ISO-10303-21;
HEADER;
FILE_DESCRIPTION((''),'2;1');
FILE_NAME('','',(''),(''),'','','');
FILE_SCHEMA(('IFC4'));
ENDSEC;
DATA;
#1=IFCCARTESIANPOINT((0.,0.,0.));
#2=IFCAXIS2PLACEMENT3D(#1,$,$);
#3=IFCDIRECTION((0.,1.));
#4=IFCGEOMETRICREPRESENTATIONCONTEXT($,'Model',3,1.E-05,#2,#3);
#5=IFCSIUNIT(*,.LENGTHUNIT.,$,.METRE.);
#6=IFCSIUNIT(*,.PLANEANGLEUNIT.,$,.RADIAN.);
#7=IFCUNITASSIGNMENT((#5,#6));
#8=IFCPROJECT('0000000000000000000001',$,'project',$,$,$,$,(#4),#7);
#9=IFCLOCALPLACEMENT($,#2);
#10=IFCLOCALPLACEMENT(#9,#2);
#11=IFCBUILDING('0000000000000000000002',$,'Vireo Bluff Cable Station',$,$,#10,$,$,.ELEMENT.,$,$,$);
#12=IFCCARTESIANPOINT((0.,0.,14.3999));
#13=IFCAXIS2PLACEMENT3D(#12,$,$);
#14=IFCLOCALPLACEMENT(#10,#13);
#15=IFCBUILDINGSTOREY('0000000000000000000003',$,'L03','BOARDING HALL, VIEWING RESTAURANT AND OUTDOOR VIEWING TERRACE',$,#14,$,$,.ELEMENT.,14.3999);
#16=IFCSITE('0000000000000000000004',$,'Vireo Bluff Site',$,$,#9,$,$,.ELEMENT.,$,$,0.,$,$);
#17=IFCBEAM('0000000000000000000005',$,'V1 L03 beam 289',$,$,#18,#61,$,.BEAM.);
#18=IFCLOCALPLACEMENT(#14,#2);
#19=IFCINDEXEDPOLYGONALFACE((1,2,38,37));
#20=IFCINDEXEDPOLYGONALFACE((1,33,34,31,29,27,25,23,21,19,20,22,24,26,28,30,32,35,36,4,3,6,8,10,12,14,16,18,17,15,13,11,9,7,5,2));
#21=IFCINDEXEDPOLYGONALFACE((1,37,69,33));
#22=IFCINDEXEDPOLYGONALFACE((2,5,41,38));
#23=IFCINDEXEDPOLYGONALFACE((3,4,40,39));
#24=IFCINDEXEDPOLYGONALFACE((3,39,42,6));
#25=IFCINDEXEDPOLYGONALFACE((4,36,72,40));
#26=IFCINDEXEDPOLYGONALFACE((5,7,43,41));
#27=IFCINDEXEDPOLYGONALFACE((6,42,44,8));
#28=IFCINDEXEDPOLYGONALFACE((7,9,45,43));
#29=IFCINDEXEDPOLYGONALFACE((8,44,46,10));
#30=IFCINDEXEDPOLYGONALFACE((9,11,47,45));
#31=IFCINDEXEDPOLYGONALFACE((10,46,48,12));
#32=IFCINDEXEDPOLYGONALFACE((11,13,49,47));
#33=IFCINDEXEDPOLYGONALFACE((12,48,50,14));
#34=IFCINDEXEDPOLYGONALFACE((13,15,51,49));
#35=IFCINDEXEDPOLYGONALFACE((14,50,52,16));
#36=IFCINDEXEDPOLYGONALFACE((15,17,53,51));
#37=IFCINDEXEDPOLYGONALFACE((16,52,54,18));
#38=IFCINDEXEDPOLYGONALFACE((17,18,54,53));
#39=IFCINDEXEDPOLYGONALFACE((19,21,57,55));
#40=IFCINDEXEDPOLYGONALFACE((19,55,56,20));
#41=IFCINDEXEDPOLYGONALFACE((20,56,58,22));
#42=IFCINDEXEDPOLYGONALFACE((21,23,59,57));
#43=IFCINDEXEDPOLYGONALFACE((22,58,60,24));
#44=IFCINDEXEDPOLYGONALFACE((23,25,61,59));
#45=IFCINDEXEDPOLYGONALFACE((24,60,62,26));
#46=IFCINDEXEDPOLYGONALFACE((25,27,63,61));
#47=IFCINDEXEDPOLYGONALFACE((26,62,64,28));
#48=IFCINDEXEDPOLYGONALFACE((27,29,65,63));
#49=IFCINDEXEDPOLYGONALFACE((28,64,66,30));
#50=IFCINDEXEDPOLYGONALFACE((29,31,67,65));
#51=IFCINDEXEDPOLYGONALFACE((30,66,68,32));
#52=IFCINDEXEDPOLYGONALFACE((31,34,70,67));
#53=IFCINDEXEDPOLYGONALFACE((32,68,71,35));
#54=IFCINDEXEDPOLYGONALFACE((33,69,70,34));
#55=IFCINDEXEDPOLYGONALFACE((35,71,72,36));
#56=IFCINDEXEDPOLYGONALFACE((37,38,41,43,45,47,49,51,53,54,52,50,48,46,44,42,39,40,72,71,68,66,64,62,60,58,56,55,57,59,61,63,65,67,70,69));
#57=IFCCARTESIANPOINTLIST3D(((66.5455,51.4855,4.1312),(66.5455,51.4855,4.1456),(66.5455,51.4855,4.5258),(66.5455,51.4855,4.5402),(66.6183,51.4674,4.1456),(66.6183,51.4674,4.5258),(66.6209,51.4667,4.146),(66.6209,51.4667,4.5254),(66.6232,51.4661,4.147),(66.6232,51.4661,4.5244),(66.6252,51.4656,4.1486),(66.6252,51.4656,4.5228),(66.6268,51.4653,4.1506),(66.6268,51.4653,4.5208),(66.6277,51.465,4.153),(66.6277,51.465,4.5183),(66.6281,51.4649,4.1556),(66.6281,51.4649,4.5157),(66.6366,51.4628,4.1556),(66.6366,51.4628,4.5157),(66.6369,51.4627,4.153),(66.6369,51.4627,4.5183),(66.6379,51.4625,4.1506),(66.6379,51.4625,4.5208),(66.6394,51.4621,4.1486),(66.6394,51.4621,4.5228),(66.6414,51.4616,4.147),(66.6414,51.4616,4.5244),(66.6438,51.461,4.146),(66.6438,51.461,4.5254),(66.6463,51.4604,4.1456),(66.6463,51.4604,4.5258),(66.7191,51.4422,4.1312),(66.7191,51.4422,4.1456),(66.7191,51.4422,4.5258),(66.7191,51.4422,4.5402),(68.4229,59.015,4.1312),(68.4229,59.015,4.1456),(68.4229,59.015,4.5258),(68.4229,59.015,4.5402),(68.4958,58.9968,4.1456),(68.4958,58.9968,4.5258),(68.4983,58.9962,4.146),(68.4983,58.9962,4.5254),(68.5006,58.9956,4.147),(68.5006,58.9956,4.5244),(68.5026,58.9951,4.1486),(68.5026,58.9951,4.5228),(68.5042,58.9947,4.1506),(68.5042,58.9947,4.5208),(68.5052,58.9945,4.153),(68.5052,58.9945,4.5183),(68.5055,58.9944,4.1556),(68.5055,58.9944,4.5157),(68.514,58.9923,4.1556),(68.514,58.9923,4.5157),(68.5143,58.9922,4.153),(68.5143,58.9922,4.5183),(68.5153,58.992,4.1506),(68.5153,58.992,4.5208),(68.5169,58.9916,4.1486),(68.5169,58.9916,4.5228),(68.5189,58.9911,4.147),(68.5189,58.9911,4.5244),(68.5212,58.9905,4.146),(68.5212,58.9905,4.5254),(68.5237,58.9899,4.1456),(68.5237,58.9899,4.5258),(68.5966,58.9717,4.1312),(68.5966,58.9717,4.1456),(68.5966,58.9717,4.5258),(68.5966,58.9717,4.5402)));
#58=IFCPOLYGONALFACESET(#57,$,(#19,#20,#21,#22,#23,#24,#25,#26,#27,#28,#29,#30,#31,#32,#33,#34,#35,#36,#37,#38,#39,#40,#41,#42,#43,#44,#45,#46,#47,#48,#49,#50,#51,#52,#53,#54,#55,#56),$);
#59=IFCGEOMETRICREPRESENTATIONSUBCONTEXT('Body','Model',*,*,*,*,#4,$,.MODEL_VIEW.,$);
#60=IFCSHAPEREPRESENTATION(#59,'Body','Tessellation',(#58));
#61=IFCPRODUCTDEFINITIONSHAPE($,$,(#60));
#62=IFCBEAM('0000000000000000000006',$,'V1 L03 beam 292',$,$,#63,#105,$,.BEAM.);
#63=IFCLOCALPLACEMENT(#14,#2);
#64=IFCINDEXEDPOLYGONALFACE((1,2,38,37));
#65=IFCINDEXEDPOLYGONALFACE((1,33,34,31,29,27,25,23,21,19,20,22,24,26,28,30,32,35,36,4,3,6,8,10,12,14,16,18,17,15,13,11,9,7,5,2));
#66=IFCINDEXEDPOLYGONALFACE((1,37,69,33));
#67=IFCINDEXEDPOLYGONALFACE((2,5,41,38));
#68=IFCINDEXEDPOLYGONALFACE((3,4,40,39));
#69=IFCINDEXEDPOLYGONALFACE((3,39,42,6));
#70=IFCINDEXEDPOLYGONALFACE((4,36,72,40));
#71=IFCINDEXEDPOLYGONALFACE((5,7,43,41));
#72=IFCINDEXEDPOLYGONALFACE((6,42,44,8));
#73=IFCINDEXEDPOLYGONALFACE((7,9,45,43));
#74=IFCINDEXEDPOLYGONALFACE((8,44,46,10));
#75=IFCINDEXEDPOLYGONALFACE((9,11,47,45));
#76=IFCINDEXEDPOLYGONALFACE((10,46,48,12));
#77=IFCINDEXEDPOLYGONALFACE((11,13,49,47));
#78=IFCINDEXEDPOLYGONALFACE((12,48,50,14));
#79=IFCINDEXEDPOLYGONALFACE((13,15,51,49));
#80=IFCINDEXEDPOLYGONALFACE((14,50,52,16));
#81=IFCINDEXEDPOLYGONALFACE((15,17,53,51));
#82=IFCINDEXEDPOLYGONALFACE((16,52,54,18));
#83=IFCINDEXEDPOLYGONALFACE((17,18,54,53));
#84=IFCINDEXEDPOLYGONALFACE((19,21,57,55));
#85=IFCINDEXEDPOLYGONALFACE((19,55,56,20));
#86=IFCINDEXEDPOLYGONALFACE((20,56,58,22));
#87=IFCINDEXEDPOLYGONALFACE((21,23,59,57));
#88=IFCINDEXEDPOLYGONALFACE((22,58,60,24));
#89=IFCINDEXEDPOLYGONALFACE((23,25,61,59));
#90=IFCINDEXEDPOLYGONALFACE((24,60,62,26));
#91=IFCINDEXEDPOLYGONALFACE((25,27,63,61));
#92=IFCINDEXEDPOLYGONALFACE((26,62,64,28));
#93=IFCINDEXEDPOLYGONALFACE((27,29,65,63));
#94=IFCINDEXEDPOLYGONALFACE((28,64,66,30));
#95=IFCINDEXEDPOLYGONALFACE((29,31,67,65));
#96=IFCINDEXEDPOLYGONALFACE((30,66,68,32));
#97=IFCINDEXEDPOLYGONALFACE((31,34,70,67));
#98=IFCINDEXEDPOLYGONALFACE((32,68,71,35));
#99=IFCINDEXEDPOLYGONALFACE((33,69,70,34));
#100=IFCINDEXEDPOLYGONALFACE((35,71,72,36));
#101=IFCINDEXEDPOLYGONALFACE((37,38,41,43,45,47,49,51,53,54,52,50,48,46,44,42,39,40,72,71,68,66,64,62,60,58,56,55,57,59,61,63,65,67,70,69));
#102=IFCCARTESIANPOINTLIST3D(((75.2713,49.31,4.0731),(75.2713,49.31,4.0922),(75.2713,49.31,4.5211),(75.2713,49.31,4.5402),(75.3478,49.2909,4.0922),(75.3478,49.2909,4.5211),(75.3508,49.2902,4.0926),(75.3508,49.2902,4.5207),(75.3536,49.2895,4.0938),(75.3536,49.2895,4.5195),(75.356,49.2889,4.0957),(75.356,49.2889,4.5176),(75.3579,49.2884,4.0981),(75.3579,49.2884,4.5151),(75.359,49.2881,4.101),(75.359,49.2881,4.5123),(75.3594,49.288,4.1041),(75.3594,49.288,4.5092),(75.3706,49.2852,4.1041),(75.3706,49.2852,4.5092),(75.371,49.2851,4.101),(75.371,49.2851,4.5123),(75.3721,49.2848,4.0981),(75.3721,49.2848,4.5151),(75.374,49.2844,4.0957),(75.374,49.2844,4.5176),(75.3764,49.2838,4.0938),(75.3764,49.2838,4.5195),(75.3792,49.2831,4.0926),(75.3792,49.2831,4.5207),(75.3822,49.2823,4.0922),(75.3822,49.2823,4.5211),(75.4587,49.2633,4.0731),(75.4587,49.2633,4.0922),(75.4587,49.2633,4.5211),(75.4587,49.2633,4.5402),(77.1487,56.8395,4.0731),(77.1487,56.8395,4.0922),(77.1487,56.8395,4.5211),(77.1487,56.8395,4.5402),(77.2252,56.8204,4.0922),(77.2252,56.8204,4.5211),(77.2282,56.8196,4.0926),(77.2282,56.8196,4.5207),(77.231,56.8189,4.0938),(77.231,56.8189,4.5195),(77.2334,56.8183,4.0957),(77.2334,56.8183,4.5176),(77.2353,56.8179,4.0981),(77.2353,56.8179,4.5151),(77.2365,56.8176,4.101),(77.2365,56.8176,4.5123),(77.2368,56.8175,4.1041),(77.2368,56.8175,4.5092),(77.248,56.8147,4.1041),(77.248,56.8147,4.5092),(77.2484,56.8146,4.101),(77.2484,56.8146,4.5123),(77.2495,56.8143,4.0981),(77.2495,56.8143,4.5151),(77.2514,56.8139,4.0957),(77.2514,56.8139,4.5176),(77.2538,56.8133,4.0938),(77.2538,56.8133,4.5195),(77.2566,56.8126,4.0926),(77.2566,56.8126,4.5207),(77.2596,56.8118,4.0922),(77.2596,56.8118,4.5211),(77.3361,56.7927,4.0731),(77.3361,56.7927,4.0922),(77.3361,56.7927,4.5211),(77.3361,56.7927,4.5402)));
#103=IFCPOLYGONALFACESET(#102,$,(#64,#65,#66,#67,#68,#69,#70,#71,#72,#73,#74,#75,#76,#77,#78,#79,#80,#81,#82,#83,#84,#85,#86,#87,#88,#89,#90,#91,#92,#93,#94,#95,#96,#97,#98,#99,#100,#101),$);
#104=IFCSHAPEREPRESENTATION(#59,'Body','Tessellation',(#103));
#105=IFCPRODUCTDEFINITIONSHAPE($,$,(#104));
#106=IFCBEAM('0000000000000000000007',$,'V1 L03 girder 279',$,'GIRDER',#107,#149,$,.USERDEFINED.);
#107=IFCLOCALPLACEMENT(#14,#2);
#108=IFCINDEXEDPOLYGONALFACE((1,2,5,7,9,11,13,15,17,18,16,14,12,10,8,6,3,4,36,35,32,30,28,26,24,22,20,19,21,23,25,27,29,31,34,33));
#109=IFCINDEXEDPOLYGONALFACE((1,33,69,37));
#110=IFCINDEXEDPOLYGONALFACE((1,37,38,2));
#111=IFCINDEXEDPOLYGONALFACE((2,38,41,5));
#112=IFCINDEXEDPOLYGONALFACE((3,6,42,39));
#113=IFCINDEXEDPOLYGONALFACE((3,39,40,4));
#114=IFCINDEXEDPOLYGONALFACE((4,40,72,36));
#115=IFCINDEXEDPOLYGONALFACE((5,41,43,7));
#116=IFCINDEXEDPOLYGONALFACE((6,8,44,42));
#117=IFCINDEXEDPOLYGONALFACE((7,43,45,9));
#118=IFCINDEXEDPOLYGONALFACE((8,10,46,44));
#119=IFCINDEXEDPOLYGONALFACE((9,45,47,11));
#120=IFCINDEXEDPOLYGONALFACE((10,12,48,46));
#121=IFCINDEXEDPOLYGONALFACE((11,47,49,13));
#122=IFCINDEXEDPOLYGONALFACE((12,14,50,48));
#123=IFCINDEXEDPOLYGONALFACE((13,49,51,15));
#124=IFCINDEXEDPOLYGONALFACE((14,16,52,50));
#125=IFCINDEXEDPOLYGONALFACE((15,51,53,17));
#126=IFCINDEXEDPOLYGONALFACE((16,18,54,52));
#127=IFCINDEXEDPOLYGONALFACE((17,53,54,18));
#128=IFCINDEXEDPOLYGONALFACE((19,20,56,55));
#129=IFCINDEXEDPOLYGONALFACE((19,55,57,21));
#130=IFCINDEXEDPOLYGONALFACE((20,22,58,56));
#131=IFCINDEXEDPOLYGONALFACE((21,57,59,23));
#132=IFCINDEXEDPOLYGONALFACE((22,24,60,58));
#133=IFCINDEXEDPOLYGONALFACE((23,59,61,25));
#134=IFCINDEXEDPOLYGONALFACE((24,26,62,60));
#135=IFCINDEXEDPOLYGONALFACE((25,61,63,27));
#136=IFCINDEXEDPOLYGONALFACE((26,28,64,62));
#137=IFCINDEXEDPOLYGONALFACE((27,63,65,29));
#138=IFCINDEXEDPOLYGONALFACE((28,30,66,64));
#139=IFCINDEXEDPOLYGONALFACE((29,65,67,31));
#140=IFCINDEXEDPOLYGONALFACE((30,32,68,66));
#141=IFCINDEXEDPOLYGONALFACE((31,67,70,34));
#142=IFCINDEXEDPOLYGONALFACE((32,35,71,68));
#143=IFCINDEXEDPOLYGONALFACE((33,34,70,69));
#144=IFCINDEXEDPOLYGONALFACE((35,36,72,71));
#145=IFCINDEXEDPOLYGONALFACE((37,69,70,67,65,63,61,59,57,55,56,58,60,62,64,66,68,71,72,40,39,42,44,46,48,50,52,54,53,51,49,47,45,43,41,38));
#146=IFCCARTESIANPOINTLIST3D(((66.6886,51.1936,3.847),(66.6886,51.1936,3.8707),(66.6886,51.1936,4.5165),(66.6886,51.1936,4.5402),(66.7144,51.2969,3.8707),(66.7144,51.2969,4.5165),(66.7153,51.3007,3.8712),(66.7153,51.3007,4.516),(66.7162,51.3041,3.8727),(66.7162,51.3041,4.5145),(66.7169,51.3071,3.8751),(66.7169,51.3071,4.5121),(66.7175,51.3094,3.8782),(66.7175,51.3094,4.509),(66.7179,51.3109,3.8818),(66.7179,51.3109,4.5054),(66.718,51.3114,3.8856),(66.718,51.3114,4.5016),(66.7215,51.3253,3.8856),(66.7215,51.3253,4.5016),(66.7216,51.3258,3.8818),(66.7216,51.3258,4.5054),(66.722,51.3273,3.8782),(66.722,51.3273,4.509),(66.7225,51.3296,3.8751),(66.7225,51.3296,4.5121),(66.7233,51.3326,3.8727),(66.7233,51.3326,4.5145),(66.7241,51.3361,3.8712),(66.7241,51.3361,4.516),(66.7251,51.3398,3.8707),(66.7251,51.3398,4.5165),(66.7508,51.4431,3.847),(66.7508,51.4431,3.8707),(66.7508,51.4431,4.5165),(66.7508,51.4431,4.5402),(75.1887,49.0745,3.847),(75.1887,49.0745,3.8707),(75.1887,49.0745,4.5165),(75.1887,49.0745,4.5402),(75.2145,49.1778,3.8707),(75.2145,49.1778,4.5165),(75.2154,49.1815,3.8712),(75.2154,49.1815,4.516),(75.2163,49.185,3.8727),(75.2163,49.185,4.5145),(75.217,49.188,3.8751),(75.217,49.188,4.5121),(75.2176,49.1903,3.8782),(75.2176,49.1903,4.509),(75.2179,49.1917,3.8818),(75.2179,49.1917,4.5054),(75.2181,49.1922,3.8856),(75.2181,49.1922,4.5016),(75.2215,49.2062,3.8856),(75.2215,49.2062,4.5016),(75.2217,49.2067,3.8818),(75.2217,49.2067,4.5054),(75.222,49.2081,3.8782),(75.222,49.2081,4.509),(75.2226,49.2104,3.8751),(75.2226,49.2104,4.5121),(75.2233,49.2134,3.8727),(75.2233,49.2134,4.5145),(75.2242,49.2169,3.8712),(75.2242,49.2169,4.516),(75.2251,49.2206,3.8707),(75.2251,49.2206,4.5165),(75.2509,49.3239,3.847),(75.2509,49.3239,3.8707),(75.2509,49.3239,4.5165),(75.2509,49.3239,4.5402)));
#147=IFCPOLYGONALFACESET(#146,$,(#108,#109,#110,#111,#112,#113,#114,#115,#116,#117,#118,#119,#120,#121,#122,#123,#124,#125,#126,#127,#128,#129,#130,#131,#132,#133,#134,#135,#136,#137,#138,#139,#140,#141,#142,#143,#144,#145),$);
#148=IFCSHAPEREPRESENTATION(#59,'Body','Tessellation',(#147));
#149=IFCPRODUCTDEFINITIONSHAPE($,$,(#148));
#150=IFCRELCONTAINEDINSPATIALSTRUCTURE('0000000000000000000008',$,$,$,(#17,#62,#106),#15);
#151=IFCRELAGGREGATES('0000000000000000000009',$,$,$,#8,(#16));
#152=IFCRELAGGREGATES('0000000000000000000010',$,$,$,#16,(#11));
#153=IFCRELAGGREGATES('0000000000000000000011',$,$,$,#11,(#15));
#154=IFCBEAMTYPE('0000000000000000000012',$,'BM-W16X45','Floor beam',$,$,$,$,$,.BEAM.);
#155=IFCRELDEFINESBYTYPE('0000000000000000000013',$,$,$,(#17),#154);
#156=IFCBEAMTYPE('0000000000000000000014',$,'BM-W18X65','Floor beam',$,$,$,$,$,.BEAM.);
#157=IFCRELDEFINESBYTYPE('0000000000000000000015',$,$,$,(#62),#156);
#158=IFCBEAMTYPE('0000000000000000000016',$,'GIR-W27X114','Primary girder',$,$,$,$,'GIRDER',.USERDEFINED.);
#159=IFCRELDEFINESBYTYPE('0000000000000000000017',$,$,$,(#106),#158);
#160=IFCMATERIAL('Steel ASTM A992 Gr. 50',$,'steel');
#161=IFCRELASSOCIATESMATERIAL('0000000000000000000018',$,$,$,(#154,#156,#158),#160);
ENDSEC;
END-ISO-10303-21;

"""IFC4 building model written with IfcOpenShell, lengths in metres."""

from ifc_helpers import new_model, si_unit, direction, frame, origin, origin_2d, place, context, subcontext, project, spatial, i_section, extrude, material, material_profile, profile_set, type_object, element, save


model = new_model("IFC4")

# Units and contexts
model_context = context("Model", 3, precision=1e-05, world=origin(), true_north=direction((0.0, 1.0)))
body_context = subcontext(model_context, "Body", "Model", "MODEL_VIEW")
ifc_project = project(units=[si_unit("LENGTHUNIT", "METRE"), si_unit("PLANEANGLEUNIT", "RADIAN")], contexts=[model_context])

# Site, building, storey
site_placement = place(None, origin())
site = spatial("IfcSite", under=ifc_project, at=site_placement, Name="Vireo Bluff Site", CompositionType="ELEMENT", RefElevation=0.0)
building_placement = place(site_placement, origin())
building = spatial("IfcBuilding", under=site, at=building_placement, Name="Vireo Bluff Cable Station", CompositionType="ELEMENT")
storey_placement = place(building_placement, frame((0.0, 0.0, 14.3999)))
storey = spatial("IfcBuildingStorey", under=building, at=storey_placement, Name="L03", Description="BOARDING HALL, VIEWING RESTAURANT AND OUTDOOR VIEWING TERRACE", CompositionType="ELEMENT", Elevation=14.3999)

# Shared definitions
ifc_material_1 = material(Name="Steel ASTM A992 Gr. 50", Category="steel")

# Beams
ifc_material_profile_1 = material_profile(ifc_material_1, i_section(OverallWidth=0.179, OverallDepth=0.4089, WebThickness=0.0088, FlangeThickness=0.0144, FilletRadius=0.01, at=origin_2d()), Name="W16X45")
ifc_profile_set_1 = profile_set([ifc_material_profile_1], Name="Steel ASTM A992 Gr. 50")
beam_type_1 = type_object("IfcBeamType", Name="BM-W16X45", Description="Floor beam", PredefinedType="BEAM", material=ifc_profile_set_1)
beam_1_placement = place(storey_placement, frame((66.6323, 51.4639, 4.3357), z_axis=(0.241936, 0.970292, 0.0), x_axis=(-0.970292, 0.241936, 0.0)))
element("IfcBeam", 1, at=beam_1_placement, inside=storey, type_object=beam_type_1, Name="V1 L03 beam 289", PredefinedType="BEAM", context=body_context, shape_type="SweptSolid", body=[
    extrude(i_section(OverallWidth=0.179, OverallDepth=0.4089, WebThickness=0.0088, FlangeThickness=0.0144, FilletRadius=0.01, at=origin_2d()), origin(), (0.0, 0.0, 1.0), 7.76),
])
ifc_material_profile_2 = material_profile(ifc_material_1, i_section(OverallWidth=0.1931, OverallDepth=0.467, WebThickness=0.0115, FlangeThickness=0.019, FilletRadius=0.012, at=origin_2d()), Name="W18X65")
ifc_profile_set_2 = profile_set([ifc_material_profile_2], Name="Steel ASTM A992 Gr. 50")
beam_type_2 = type_object("IfcBeamType", Name="BM-W18X65", Description="Floor beam", PredefinedType="BEAM", material=ifc_profile_set_2)
beam_2_placement = place(storey_placement, frame((75.365, 49.2866, 4.3066), z_axis=(0.241936, 0.970292, 0.0), x_axis=(-0.970292, 0.241936, 0.0)))
element("IfcBeam", 2, at=beam_2_placement, inside=storey, type_object=beam_type_2, Name="V1 L03 beam 292", PredefinedType="BEAM", context=body_context, shape_type="SweptSolid", body=[
    extrude(i_section(OverallWidth=0.1931, OverallDepth=0.467, WebThickness=0.0115, FlangeThickness=0.019, FilletRadius=0.012, at=origin_2d()), origin(), (0.0, 0.0, 1.0), 7.76),
])
ifc_material_profile_3 = material_profile(ifc_material_1, i_section(OverallWidth=0.2571, OverallDepth=0.6931, WebThickness=0.0144, FlangeThickness=0.0237, FilletRadius=0.0149, at=origin_2d()), Name="W27X114")
ifc_profile_set_3 = profile_set([ifc_material_profile_3], Name="Steel ASTM A992 Gr. 50")
beam_type_3 = type_object("IfcBeamType", Name="GIR-W27X114", Description="Primary girder", ElementType="GIRDER", PredefinedType="USERDEFINED", material=ifc_profile_set_3)
beam_3_placement = place(storey_placement, frame((66.7197, 51.3184, 4.1936), z_axis=(0.9703, -0.241906, 0.0), x_axis=(0.241906, 0.9703, 0.0)))
element("IfcBeam", 3, at=beam_3_placement, inside=storey, type_object=beam_type_3, Name="V1 L03 girder 279", ObjectType="GIRDER", PredefinedType="USERDEFINED", context=body_context, shape_type="SweptSolid", body=[
    extrude(i_section(OverallWidth=0.2571, OverallDepth=0.6931, WebThickness=0.0144, FlangeThickness=0.0237, FilletRadius=0.0149, at=origin_2d()), origin(), (0.0, 0.0, 1.0), 8.7603),
])

save(model, "model.ifc")
